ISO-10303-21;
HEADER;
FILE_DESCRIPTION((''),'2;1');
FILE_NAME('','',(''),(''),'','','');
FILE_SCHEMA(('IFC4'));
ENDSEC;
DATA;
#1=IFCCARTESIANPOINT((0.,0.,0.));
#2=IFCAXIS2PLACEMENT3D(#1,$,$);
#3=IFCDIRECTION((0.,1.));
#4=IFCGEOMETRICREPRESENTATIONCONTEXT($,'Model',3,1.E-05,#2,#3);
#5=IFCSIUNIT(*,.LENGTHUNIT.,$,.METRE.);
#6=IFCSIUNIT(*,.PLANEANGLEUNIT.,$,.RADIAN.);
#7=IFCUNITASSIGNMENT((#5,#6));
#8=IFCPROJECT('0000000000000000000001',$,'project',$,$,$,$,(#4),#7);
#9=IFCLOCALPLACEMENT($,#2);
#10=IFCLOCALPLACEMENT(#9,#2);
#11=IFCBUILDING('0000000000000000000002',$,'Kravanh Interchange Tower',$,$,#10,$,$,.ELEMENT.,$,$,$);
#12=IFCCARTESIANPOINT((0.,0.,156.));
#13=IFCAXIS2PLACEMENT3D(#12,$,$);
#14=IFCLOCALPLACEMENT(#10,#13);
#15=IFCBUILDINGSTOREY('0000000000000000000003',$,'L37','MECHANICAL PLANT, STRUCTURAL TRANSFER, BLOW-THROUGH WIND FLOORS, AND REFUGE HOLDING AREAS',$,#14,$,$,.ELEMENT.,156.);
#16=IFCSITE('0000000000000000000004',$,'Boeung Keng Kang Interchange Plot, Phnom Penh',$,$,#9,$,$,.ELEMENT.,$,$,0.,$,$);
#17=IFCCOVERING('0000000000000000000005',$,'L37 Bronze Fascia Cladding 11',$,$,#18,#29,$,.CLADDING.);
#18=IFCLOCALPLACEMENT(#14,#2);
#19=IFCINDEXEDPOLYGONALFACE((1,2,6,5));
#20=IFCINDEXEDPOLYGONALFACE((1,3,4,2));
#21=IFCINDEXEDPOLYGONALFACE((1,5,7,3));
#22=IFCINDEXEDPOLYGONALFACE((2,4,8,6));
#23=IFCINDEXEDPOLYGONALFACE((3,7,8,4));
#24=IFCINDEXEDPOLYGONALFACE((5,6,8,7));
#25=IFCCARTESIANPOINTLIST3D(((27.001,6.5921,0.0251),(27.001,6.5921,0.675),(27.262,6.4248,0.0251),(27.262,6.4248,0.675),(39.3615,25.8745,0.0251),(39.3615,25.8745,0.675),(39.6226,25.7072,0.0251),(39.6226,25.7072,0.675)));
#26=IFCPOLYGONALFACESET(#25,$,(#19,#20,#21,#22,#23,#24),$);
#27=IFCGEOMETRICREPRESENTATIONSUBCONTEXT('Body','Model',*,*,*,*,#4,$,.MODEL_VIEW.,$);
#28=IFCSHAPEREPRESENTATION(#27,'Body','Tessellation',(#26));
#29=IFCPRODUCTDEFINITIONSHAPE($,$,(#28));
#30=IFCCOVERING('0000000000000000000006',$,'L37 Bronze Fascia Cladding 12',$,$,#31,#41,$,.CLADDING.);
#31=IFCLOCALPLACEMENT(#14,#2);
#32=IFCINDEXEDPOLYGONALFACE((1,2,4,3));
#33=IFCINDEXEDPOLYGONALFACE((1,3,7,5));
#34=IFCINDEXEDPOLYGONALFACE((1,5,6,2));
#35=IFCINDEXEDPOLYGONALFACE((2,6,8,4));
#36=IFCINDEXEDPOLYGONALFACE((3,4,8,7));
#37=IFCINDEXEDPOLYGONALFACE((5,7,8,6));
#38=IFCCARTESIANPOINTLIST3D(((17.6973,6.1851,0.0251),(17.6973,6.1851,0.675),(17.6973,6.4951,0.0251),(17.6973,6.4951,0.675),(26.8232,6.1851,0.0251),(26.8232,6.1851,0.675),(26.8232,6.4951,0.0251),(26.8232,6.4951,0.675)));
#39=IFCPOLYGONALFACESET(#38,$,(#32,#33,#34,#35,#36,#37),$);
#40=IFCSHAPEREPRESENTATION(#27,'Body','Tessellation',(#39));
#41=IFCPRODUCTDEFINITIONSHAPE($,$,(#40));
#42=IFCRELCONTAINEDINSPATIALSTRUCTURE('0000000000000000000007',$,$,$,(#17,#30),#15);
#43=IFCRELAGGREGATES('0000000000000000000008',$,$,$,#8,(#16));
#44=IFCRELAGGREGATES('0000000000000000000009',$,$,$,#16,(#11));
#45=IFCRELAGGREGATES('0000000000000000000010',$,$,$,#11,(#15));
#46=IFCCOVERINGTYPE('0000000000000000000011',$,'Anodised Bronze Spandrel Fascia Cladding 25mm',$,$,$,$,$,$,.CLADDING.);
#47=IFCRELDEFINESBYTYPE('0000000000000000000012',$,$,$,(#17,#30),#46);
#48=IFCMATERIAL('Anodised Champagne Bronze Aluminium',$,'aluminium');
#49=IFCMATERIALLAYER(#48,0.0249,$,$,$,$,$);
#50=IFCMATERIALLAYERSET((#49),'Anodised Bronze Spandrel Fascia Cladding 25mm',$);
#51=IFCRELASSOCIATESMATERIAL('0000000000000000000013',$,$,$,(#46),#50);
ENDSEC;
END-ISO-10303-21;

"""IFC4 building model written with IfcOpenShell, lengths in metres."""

from ifc_helpers import new_model, si_unit, direction, frame, origin, origin_2d, place, context, subcontext, project, spatial, rectangle, extrude, material, layer, layer_set, type_object, element, save


model = new_model("IFC4")

# Units and contexts
model_context = context("Model", 3, precision=1e-05, world=origin(), true_north=direction((0.0, 1.0)))
body_context = subcontext(model_context, "Body", "Model", "MODEL_VIEW")
ifc_project = project(units=[si_unit("LENGTHUNIT", "METRE"), si_unit("PLANEANGLEUNIT", "RADIAN")], contexts=[model_context])

# Site, building, storey
site_placement = place(None, origin())
site = spatial("IfcSite", under=ifc_project, at=site_placement, Name="Boeung Keng Kang Interchange Plot, Phnom Penh", CompositionType="ELEMENT", RefElevation=0.0)
building_placement = place(site_placement, origin())
building = spatial("IfcBuilding", under=site, at=building_placement, Name="Kravanh Interchange Tower", CompositionType="ELEMENT")
storey_placement = place(building_placement, frame((0.0, 0.0, 156.0)))
storey = spatial("IfcBuildingStorey", under=building, at=storey_placement, Name="L37", Description="MECHANICAL PLANT, STRUCTURAL TRANSFER, BLOW-THROUGH WIND FLOORS, AND REFUGE HOLDING AREAS", CompositionType="ELEMENT", Elevation=156.0)

# Coverings
ifc_material_1 = material(Name="Anodised Champagne Bronze Aluminium", Category="aluminium")
ifc_layer_1 = layer(ifc_material_1, 0.0249)
ifc_layer_set_1 = layer_set([ifc_layer_1], Name="Anodised Bronze Spandrel Fascia Cladding 25mm")
covering_type = type_object("IfcCoveringType", Name="Anodised Bronze Spandrel Fascia Cladding 25mm", PredefinedType="CLADDING", material=ifc_layer_set_1)
covering_1_placement = place(storey_placement, frame((33.3118, 16.1497, 0.0251), z_axis=(0.0, 0.0, 1.0), x_axis=(-0.539666, -0.841879, 0.0)))
element("IfcCovering", 1, at=covering_1_placement, inside=storey, type_object=covering_type, Name="L37 Bronze Fascia Cladding 11", PredefinedType="CLADDING", context=body_context, shape_type="SweptSolid", body=[
    extrude(rectangle(XDim=22.9041, YDim=0.3101, at=origin_2d()), origin(), (0.0, 0.0, 1.0), 0.6499),
])
covering_2_placement = place(storey_placement, frame((22.2603, 6.3401, 0.0251), z_axis=(0.0, 0.0, 1.0), x_axis=(-1.0, 0.0, 0.0)))
element("IfcCovering", 2, at=covering_2_placement, inside=storey, type_object=covering_type, Name="L37 Bronze Fascia Cladding 12", PredefinedType="CLADDING", context=body_context, shape_type="SweptSolid", body=[
    extrude(rectangle(XDim=9.126, YDim=0.3101, at=origin_2d()), origin(), (0.0, 0.0, 1.0), 0.6499),
])

save(model, "model.ifc")
